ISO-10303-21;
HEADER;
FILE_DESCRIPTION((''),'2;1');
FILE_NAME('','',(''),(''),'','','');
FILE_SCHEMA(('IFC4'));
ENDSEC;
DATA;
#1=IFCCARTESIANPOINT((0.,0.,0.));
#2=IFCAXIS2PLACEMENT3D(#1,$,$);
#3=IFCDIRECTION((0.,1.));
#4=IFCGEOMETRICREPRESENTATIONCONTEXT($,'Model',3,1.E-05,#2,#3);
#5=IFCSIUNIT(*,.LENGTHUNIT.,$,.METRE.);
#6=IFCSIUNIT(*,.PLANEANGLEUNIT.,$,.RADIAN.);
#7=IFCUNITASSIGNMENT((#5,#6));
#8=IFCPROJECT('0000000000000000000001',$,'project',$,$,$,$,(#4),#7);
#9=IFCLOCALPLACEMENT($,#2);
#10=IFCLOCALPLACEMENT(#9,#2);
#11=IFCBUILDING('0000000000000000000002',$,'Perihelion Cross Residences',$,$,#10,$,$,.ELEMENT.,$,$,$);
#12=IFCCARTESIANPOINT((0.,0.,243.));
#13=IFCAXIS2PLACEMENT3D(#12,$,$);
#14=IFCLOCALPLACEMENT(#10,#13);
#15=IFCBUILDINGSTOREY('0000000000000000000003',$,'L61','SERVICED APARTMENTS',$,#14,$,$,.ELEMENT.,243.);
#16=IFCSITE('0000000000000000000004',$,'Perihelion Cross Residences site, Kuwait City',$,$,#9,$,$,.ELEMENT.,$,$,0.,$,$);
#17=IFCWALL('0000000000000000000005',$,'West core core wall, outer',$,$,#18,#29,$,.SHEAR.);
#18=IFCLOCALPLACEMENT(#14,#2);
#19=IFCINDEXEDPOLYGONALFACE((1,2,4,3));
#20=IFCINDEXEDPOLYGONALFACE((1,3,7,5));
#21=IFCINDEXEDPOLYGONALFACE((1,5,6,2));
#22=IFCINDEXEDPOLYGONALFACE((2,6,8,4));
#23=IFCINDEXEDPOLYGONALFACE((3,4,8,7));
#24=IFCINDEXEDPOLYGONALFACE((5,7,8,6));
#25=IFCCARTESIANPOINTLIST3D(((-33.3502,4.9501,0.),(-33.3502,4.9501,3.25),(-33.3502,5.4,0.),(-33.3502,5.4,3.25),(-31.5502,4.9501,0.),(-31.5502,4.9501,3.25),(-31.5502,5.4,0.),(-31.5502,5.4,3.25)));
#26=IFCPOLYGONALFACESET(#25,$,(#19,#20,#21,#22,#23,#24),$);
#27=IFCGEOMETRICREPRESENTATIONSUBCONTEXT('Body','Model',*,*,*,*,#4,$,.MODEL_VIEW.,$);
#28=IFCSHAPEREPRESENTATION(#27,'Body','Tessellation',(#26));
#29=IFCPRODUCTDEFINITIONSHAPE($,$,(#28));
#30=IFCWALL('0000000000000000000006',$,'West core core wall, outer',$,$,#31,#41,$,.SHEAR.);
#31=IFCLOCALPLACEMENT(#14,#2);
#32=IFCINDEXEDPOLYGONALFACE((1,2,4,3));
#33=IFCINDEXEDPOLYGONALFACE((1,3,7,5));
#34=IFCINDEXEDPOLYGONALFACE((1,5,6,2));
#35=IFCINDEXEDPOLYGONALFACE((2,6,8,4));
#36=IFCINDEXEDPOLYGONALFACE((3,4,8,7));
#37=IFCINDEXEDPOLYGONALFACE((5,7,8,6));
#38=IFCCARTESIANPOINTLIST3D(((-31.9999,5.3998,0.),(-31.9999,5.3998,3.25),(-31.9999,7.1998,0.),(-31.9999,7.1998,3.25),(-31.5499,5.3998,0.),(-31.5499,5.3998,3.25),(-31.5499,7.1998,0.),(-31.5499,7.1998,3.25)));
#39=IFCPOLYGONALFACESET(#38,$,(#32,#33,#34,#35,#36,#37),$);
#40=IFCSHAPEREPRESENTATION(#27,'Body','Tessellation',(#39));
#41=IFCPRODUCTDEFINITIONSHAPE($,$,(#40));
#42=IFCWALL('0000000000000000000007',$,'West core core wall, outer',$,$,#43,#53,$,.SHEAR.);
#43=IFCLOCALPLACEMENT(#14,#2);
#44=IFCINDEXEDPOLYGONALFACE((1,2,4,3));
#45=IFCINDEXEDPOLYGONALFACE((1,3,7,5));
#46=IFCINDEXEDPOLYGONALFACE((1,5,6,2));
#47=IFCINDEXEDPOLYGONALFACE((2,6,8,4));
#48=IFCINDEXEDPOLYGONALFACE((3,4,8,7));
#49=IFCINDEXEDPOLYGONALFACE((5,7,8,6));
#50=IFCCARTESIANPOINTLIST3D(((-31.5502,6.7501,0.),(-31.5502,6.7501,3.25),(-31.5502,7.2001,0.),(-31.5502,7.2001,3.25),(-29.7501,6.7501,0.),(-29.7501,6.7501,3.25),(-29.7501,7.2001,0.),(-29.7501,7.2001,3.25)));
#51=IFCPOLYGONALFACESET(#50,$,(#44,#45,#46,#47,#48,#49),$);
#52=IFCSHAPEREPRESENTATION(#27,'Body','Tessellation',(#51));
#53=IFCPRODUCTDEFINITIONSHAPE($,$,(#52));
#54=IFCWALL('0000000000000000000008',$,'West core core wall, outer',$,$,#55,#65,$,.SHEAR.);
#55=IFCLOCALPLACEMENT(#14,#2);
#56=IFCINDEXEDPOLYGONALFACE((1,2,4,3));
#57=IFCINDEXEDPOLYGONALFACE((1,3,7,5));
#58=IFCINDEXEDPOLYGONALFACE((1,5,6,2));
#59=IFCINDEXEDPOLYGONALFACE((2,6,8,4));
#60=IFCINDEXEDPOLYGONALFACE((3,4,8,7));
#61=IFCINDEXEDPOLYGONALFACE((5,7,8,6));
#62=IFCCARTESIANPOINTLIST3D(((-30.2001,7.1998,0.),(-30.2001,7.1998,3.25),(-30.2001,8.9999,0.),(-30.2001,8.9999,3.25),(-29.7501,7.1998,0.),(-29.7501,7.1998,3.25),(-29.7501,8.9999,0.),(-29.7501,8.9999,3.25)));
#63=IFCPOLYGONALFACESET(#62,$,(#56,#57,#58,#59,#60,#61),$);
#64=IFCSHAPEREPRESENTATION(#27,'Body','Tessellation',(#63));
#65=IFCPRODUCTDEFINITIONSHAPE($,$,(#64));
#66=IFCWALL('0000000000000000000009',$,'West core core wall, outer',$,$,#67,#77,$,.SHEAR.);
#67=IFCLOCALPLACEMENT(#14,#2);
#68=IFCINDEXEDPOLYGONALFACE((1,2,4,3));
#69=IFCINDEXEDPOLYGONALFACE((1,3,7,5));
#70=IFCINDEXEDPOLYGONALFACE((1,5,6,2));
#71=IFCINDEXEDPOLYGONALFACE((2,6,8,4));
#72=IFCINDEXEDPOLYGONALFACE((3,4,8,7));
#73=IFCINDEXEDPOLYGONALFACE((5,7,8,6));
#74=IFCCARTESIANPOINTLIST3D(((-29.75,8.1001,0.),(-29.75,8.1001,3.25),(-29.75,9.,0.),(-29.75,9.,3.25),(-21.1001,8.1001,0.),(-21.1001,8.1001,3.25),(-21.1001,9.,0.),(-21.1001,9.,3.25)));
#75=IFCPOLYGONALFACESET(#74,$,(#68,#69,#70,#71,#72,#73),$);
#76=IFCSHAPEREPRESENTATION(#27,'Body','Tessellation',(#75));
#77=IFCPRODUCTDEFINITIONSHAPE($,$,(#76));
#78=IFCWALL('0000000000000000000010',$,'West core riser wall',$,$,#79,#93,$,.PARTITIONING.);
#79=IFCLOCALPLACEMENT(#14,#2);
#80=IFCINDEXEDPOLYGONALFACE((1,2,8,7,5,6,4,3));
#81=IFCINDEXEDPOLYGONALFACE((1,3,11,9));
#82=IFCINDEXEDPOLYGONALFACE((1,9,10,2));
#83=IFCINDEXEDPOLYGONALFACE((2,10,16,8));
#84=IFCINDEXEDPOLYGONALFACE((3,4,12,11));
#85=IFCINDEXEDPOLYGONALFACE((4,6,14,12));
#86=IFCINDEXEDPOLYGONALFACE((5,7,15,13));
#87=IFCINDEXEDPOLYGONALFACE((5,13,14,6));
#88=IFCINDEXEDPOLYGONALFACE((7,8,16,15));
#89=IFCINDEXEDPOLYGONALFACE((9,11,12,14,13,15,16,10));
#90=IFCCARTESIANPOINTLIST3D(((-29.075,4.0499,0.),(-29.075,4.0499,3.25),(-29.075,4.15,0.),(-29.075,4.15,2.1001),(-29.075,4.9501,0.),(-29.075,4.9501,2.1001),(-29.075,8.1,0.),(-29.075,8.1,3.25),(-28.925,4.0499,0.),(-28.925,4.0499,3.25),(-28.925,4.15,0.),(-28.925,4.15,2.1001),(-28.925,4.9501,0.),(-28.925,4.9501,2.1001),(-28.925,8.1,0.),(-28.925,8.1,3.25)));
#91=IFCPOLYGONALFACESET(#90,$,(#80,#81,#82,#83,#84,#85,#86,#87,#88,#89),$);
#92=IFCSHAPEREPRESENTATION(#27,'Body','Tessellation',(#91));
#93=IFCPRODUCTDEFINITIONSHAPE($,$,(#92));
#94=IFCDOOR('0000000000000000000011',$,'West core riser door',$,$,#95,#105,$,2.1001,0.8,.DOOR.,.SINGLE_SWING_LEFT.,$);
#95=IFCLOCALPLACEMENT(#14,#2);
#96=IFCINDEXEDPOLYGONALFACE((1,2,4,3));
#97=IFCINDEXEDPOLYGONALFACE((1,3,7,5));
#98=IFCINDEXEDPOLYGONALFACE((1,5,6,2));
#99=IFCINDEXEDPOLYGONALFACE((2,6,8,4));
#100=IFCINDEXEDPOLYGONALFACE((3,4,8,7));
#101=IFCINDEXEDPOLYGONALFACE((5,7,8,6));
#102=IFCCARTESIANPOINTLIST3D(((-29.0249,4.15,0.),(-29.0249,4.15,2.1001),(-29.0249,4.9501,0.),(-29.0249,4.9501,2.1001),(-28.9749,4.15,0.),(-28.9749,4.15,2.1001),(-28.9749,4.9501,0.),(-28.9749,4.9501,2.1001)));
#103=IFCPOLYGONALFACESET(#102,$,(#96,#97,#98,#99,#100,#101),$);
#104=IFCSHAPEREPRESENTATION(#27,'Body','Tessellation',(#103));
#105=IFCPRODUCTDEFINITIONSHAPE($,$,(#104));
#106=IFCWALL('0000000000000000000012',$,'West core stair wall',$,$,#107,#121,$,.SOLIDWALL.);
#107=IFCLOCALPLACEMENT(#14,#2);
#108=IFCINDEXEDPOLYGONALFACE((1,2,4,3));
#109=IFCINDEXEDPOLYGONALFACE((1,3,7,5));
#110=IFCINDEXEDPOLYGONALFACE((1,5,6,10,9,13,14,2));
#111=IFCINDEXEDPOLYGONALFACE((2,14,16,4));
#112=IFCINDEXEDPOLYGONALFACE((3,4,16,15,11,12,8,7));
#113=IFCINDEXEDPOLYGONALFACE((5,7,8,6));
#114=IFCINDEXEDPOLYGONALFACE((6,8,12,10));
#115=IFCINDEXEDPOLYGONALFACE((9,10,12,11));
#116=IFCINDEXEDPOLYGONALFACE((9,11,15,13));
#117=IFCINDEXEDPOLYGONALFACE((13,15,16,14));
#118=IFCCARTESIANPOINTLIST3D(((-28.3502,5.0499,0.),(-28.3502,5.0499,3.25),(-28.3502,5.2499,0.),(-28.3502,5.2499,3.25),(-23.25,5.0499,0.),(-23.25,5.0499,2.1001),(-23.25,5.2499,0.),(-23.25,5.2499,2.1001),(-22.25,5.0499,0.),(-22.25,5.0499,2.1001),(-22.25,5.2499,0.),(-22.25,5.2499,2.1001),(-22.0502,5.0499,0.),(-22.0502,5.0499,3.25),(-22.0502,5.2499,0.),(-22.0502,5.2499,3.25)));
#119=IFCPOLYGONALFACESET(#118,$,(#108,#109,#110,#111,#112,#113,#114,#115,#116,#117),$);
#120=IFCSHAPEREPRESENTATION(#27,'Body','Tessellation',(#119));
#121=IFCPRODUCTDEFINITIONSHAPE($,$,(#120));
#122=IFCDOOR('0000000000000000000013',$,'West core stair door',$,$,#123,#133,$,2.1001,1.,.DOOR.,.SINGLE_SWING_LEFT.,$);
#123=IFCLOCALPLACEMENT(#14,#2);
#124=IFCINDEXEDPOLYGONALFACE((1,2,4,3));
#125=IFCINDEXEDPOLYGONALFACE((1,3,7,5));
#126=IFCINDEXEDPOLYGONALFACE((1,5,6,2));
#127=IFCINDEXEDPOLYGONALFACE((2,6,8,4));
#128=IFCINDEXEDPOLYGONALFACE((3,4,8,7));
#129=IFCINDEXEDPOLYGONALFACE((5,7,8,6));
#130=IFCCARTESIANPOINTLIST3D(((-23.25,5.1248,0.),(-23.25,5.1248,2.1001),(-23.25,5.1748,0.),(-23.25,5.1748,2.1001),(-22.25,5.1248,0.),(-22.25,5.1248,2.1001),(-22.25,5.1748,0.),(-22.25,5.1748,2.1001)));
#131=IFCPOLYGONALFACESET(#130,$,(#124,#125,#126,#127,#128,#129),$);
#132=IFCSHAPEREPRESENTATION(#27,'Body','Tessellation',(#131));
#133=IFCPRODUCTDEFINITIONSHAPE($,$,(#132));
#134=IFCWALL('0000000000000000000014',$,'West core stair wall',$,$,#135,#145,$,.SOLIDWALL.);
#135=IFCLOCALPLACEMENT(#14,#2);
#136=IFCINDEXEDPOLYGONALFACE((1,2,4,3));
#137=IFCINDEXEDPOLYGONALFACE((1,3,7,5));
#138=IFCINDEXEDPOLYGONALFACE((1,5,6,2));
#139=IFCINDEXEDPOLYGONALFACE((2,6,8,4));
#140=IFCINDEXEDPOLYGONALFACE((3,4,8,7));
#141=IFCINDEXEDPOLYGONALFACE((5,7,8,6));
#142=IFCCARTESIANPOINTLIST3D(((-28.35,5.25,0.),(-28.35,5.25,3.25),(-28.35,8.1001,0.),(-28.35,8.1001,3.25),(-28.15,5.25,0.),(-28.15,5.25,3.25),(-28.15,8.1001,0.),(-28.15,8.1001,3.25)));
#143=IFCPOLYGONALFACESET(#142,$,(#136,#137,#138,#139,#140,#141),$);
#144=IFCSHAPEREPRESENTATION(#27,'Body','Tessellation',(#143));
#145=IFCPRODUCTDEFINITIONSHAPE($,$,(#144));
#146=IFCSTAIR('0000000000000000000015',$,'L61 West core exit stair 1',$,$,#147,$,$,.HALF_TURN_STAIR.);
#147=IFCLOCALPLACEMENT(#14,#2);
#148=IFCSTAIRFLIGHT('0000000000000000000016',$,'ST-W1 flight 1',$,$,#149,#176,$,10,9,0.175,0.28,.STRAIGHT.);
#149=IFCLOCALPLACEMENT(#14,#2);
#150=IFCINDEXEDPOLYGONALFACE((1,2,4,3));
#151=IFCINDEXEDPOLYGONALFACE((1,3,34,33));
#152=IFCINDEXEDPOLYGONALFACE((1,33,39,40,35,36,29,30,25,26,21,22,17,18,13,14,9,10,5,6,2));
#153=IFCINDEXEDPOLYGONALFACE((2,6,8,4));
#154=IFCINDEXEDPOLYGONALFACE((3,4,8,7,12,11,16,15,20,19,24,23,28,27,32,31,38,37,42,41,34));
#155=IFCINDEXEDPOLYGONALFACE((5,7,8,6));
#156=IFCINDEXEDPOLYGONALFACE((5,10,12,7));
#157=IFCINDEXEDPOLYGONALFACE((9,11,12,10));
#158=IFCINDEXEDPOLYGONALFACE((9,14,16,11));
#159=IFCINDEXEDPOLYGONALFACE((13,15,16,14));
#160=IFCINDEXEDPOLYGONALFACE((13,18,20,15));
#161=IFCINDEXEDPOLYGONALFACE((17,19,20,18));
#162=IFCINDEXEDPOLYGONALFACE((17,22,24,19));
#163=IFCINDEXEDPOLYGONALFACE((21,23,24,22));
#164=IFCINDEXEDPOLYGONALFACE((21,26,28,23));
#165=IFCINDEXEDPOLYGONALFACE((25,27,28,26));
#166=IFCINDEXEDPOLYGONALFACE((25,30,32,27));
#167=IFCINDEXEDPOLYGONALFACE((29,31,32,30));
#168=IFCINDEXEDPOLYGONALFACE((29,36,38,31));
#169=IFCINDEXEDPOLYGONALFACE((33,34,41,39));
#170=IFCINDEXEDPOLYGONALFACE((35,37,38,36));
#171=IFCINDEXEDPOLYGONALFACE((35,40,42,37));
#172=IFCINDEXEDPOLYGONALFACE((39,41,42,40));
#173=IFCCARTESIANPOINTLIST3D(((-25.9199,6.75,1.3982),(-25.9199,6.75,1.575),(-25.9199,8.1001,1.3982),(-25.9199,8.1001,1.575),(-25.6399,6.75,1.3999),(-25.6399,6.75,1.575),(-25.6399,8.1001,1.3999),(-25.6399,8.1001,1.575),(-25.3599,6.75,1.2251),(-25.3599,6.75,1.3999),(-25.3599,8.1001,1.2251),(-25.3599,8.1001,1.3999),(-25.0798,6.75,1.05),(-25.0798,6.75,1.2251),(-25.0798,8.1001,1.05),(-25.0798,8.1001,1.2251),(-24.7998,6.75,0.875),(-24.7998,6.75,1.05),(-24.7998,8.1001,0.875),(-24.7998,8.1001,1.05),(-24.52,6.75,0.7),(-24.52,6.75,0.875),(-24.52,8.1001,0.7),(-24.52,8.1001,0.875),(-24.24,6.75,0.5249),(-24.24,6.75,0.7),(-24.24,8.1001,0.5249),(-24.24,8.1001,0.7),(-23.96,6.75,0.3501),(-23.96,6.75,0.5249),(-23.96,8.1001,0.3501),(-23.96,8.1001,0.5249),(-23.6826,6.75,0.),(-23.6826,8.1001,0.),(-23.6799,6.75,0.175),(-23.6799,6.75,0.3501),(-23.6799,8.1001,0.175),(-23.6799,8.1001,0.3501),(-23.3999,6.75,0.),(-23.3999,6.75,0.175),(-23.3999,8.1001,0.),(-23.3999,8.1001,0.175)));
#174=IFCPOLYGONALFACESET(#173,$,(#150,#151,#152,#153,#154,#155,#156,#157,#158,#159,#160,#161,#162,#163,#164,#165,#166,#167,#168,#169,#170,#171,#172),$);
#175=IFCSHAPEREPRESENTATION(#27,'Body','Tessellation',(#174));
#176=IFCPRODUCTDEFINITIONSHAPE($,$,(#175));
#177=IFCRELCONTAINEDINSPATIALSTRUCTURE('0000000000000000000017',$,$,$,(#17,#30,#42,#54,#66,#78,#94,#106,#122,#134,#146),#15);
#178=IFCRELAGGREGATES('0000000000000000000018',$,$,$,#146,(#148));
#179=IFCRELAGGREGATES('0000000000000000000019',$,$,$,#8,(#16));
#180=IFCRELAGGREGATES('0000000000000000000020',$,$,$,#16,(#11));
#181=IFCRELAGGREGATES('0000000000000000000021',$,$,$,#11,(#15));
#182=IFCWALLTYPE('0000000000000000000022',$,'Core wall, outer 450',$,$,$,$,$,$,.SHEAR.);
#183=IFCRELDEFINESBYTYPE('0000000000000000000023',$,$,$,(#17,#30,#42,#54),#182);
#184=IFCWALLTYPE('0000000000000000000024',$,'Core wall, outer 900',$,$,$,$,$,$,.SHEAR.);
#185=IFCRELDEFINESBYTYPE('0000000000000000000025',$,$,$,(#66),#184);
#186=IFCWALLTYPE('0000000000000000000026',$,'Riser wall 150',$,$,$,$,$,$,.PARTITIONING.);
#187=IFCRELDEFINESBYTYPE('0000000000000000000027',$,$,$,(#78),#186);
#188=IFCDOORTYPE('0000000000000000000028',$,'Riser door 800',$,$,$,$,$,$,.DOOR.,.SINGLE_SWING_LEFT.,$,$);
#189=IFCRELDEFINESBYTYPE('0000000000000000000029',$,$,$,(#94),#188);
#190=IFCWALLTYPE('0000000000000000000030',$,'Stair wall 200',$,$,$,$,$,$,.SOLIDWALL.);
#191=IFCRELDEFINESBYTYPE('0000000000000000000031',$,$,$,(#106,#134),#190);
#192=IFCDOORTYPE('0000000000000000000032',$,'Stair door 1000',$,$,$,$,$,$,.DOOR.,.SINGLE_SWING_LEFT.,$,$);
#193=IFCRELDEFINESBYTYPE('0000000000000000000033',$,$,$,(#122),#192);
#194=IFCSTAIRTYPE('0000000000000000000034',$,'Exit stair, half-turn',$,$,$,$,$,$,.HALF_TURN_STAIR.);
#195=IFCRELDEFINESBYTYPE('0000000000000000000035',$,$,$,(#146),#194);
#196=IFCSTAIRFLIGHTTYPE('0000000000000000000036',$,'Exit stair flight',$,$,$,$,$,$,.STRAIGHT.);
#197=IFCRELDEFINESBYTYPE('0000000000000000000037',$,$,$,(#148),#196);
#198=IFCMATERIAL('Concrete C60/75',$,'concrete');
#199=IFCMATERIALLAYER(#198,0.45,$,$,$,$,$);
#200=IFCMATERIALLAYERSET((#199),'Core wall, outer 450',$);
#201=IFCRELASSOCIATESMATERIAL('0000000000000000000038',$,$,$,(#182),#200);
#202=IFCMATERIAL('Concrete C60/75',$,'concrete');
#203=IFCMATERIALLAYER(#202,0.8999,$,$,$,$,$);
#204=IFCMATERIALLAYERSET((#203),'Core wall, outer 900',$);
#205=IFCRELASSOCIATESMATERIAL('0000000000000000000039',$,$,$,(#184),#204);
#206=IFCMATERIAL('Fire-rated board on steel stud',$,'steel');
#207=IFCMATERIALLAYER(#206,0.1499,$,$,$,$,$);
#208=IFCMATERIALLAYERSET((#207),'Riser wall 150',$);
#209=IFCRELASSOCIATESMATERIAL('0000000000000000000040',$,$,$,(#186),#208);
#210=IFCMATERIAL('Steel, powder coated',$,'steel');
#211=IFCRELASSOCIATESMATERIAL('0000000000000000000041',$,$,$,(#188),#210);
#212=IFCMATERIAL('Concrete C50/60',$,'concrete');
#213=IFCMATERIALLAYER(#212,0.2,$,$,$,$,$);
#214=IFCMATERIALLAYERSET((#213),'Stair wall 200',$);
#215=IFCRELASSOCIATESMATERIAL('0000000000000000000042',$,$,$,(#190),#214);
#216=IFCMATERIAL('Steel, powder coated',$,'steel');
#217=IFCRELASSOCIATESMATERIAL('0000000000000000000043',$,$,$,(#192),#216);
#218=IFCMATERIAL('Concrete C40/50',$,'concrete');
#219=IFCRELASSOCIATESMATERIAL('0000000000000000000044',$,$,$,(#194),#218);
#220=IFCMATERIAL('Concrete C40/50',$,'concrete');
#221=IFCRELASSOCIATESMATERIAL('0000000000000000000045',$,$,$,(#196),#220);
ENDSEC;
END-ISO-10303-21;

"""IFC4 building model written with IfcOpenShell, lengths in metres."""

from ifc_helpers import new_model, si_unit, direction, frame, frame_2d, origin, place, context, subcontext, project, spatial, polyline, rectangle, outline, extrude, material, layer, layer_set, type_object, element, fill, aggregate, save


model = new_model("IFC4")

# Units and contexts
model_context = context("Model", 3, precision=1e-05, world=origin(), true_north=direction((0.0, 1.0)))
body_context = subcontext(model_context, "Body", "Model", "MODEL_VIEW")
ifc_project = project(units=[si_unit("LENGTHUNIT", "METRE"), si_unit("PLANEANGLEUNIT", "RADIAN")], contexts=[model_context])

# Site, building, storey
site_placement = place(None, origin())
site = spatial("IfcSite", under=ifc_project, at=site_placement, Name="Perihelion Cross Residences site, Kuwait City", CompositionType="ELEMENT", RefElevation=0.0)
building_placement = place(site_placement, origin())
building = spatial("IfcBuilding", under=site, at=building_placement, Name="Perihelion Cross Residences", CompositionType="ELEMENT")
storey_placement = place(building_placement, frame((0.0, 0.0, 243.0)))
storey = spatial("IfcBuildingStorey", under=building, at=storey_placement, Name="L61", Description="SERVICED APARTMENTS", CompositionType="ELEMENT", Elevation=243.0)

# Walls
ifc_material_1 = material(Name="Concrete C60/75", Category="concrete")
ifc_layer_1 = layer(ifc_material_1, 0.45)
ifc_layer_set_1 = layer_set([ifc_layer_1], Name="Core wall, outer 450")
wall_type_1 = type_object("IfcWallType", Name="Core wall, outer 450", PredefinedType="SHEAR", material=ifc_layer_set_1)
for number, where, z_axis, x_axis, name in (
    (1, (-33.3501, 5.175, 0.0), (0.0, 0.0, 1.0), (1.0, 0.0, 0.0), "West core core wall, outer"),
    (2, (-31.7749, 5.3999, 0.0), (0.0, 0.0, 1.0), (0.0, 1.0, 0.0), "West core core wall, outer"),
    (3, (-31.55, 6.9751, 0.0), (0.0, 0.0, 1.0), (1.0, 0.0, 0.0), "West core core wall, outer"),
    (4, (-29.9751, 7.2, 0.0), (0.0, 0.0, 1.0), (0.0, 1.0, 0.0), "West core core wall, outer"),
):
    element("IfcWall", number, at=place(storey_placement, frame(where, z_axis=z_axis, x_axis=x_axis)), inside=storey, type_object=wall_type_1, Name=name, PredefinedType="SHEAR", context=body_context, shape_type="SweptSolid", body=[
        extrude(rectangle(XDim=1.8, YDim=0.45, at=frame_2d((0.8999, 0.0))), origin(), (0.0, 0.0, 1.0), 3.25),
    ])
ifc_material_2 = material(Name="Concrete C60/75", Category="concrete")
ifc_layer_2 = layer(ifc_material_2, 0.8999)
ifc_layer_set_2 = layer_set([ifc_layer_2], Name="Core wall, outer 900")
wall_type_2 = type_object("IfcWallType", Name="Core wall, outer 900", PredefinedType="SHEAR", material=ifc_layer_set_2)
wall_1_placement = place(storey_placement, frame((-29.75, 8.55, 0.0), z_axis=(0.0, 0.0, 1.0), x_axis=(1.0, 0.0, 0.0)))
element("IfcWall", 5, at=wall_1_placement, inside=storey, type_object=wall_type_2, Name="West core core wall, outer", PredefinedType="SHEAR", context=body_context, shape_type="SweptSolid", body=[
    extrude(rectangle(XDim=8.6499, YDim=0.8999, at=frame_2d((4.325, 0.0))), origin(), (0.0, 0.0, 1.0), 3.25),
])

# Walls, openings, doors
ifc_material_3 = material(Name="Fire-rated board on steel stud", Category="steel")
ifc_layer_3 = layer(ifc_material_3, 0.1499)
ifc_layer_set_3 = layer_set([ifc_layer_3], Name="Riser wall 150")
wall_type_3 = type_object("IfcWallType", Name="Riser wall 150", PredefinedType="PARTITIONING", material=ifc_layer_set_3)
wall_2_placement = place(storey_placement, frame((-29.0, 4.05, 0.0), z_axis=(0.0, 0.0, 1.0), x_axis=(0.0, 1.0, 0.0)))
wall_2 = element("IfcWall", 6, at=wall_2_placement, inside=storey, type_object=wall_type_3, Name="West core riser wall", PredefinedType="PARTITIONING", context=body_context, shape_type="SweptSolid", body=[
    extrude(rectangle(XDim=4.05, YDim=0.1499, at=frame_2d((2.0249, 0.0))), origin(), (0.0, 0.0, 1.0), 3.25),
])
opening_1_placement = place(wall_2_placement, frame((0.1001, 0.0, 0.0)))
opening_1 = element("IfcOpeningElement", 7, at=opening_1_placement, cuts=wall_2, PredefinedType="OPENING", context=body_context, shape_type="SweptSolid", body=[
    extrude(rectangle(XDim=0.8, YDim=2.1001, at=frame_2d((0.3999, 1.05))), frame((0.0, 0.085, 0.0), z_axis=(0.0, -1.0, 0.0), x_axis=(1.0, 0.0, 0.0)), (0.0, 0.0, 1.0), 0.1699),
])
ifc_material_4 = material(Name="Steel, powder coated", Category="steel")
door_type_1 = type_object("IfcDoorType", Name="Riser door 800", OperationType="SINGLE_SWING_LEFT", PredefinedType="DOOR", material=ifc_material_4)
door_1_placement = place(opening_1_placement, origin())
door_1 = element("IfcDoor", 8, at=door_1_placement, inside=storey, type_object=door_type_1, Name="West core riser door", OperationType="SINGLE_SWING_LEFT", OverallHeight=2.1001, OverallWidth=0.8, PredefinedType="DOOR", context=body_context, shape_type="SweptSolid", body=[
    extrude(rectangle(XDim=0.8, YDim=2.1001, at=frame_2d((0.3999, 1.05))), frame((0.0, 0.0249, 0.0), z_axis=(0.0, -1.0, 0.0), x_axis=(1.0, 0.0, 0.0)), (0.0, 0.0, 1.0), 0.05),
])
fill(opening_1, door_1)
ifc_material_5 = material(Name="Concrete C50/60", Category="concrete")
ifc_layer_4 = layer(ifc_material_5, 0.2)
ifc_layer_set_4 = layer_set([ifc_layer_4], Name="Stair wall 200")
wall_type_4 = type_object("IfcWallType", Name="Stair wall 200", PredefinedType="SOLIDWALL", material=ifc_layer_set_4)
wall_3_placement = place(storey_placement, frame((-28.3501, 5.1499, 0.0), z_axis=(0.0, 0.0, 1.0), x_axis=(1.0, 0.0, 0.0)))
wall_3 = element("IfcWall", 9, at=wall_3_placement, inside=storey, type_object=wall_type_4, Name="West core stair wall", PredefinedType="SOLIDWALL", context=body_context, shape_type="SweptSolid", body=[
    extrude(rectangle(XDim=6.3, YDim=0.2, at=frame_2d((3.1499, 0.0))), origin(), (0.0, 0.0, 1.0), 3.25),
])
opening_2_placement = place(wall_3_placement, frame((5.1001, 0.0, 0.0)))
opening_2 = element("IfcOpeningElement", 10, at=opening_2_placement, cuts=wall_3, PredefinedType="OPENING", context=body_context, shape_type="SweptSolid", body=[
    extrude(rectangle(XDim=1.0, YDim=2.1001, at=frame_2d((0.5, 1.05))), frame((0.0, 0.1099, 0.0), z_axis=(0.0, -1.0, 0.0), x_axis=(1.0, 0.0, 0.0)), (0.0, 0.0, 1.0), 0.22),
])
ifc_material_6 = material(Name="Steel, powder coated", Category="steel")
door_type_2 = type_object("IfcDoorType", Name="Stair door 1000", OperationType="SINGLE_SWING_LEFT", PredefinedType="DOOR", material=ifc_material_6)
door_2_placement = place(opening_2_placement, origin())
door_2 = element("IfcDoor", 11, at=door_2_placement, inside=storey, type_object=door_type_2, Name="West core stair door", OperationType="SINGLE_SWING_LEFT", OverallHeight=2.1001, OverallWidth=1.0, PredefinedType="DOOR", context=body_context, shape_type="SweptSolid", body=[
    extrude(rectangle(XDim=1.0, YDim=2.1001, at=frame_2d((0.5, 1.05))), frame((0.0, 0.0249, 0.0), z_axis=(0.0, -1.0, 0.0), x_axis=(1.0, 0.0, 0.0)), (0.0, 0.0, 1.0), 0.05),
])
fill(opening_2, door_2)

# Wall
wall_4_placement = place(storey_placement, frame((-28.25, 5.25, 0.0), z_axis=(0.0, 0.0, 1.0), x_axis=(0.0, 1.0, 0.0)))
element("IfcWall", 12, at=wall_4_placement, inside=storey, type_object=wall_type_4, Name="West core stair wall", PredefinedType="SOLIDWALL", context=body_context, shape_type="SweptSolid", body=[
    extrude(rectangle(XDim=2.8501, YDim=0.2, at=frame_2d((1.425, 0.0))), origin(), (0.0, 0.0, 1.0), 3.25),
])

# Stair, stair flight
ifc_material_7 = material(Name="Concrete C40/50", Category="concrete")
stair_type = type_object("IfcStairType", Name="Exit stair, half-turn", PredefinedType="HALF_TURN_STAIR", material=ifc_material_7)
stair_placement = place(storey_placement, origin())
stair = element("IfcStair", 13, at=stair_placement, inside=storey, type_object=stair_type, Name="L61 West core exit stair 1", PredefinedType="HALF_TURN_STAIR")
ifc_material_8 = material(Name="Concrete C40/50", Category="concrete")
stair_flight_type = type_object("IfcStairFlightType", Name="Exit stair flight", PredefinedType="STRAIGHT", material=ifc_material_8)
stair_flight_1_placement = place(storey_placement, frame((-23.3999, 7.425, 0.0), z_axis=(0.0, 0.0, 1.0), x_axis=(-1.0, 0.0, 0.0)))
stair_flight_1 = element("IfcStairFlight", 14, at=stair_flight_1_placement, type_object=stair_flight_type, Name="ST-W1 flight 1", NumberOfRisers=10, NumberOfTreads=9, PredefinedType="STRAIGHT", RiserHeight=0.175, TreadLength=0.28, context=body_context, shape_type="SweptSolid", body=[
    extrude(outline(polyline([(0.0, 0.0), (0.0, 0.175), (0.28, 0.175), (0.28, 0.3501), (0.5601, 0.3501), (0.5601, 0.5249), (0.8401, 0.5249), (0.8401, 0.7), (1.1201, 0.7), (1.1201, 0.875), (1.3999, 0.875), (1.3999, 1.05), (1.6799, 1.05), (1.6799, 1.2251), (1.96, 1.2251), (1.96, 1.3999), (2.24, 1.3999), (2.24, 1.575), (2.52, 1.575), (2.52, 1.75), (2.52, 1.3982), (0.2827, 0.0), (0.0, 0.0)])), frame((0.0, 0.675, 0.0), z_axis=(0.0, -1.0, 0.0), x_axis=(1.0, 0.0, 0.0)), (0.0, 0.0, 1.0), 1.3501),
])
aggregate(stair, [stair_flight_1])

save(model, "model.ifc")
